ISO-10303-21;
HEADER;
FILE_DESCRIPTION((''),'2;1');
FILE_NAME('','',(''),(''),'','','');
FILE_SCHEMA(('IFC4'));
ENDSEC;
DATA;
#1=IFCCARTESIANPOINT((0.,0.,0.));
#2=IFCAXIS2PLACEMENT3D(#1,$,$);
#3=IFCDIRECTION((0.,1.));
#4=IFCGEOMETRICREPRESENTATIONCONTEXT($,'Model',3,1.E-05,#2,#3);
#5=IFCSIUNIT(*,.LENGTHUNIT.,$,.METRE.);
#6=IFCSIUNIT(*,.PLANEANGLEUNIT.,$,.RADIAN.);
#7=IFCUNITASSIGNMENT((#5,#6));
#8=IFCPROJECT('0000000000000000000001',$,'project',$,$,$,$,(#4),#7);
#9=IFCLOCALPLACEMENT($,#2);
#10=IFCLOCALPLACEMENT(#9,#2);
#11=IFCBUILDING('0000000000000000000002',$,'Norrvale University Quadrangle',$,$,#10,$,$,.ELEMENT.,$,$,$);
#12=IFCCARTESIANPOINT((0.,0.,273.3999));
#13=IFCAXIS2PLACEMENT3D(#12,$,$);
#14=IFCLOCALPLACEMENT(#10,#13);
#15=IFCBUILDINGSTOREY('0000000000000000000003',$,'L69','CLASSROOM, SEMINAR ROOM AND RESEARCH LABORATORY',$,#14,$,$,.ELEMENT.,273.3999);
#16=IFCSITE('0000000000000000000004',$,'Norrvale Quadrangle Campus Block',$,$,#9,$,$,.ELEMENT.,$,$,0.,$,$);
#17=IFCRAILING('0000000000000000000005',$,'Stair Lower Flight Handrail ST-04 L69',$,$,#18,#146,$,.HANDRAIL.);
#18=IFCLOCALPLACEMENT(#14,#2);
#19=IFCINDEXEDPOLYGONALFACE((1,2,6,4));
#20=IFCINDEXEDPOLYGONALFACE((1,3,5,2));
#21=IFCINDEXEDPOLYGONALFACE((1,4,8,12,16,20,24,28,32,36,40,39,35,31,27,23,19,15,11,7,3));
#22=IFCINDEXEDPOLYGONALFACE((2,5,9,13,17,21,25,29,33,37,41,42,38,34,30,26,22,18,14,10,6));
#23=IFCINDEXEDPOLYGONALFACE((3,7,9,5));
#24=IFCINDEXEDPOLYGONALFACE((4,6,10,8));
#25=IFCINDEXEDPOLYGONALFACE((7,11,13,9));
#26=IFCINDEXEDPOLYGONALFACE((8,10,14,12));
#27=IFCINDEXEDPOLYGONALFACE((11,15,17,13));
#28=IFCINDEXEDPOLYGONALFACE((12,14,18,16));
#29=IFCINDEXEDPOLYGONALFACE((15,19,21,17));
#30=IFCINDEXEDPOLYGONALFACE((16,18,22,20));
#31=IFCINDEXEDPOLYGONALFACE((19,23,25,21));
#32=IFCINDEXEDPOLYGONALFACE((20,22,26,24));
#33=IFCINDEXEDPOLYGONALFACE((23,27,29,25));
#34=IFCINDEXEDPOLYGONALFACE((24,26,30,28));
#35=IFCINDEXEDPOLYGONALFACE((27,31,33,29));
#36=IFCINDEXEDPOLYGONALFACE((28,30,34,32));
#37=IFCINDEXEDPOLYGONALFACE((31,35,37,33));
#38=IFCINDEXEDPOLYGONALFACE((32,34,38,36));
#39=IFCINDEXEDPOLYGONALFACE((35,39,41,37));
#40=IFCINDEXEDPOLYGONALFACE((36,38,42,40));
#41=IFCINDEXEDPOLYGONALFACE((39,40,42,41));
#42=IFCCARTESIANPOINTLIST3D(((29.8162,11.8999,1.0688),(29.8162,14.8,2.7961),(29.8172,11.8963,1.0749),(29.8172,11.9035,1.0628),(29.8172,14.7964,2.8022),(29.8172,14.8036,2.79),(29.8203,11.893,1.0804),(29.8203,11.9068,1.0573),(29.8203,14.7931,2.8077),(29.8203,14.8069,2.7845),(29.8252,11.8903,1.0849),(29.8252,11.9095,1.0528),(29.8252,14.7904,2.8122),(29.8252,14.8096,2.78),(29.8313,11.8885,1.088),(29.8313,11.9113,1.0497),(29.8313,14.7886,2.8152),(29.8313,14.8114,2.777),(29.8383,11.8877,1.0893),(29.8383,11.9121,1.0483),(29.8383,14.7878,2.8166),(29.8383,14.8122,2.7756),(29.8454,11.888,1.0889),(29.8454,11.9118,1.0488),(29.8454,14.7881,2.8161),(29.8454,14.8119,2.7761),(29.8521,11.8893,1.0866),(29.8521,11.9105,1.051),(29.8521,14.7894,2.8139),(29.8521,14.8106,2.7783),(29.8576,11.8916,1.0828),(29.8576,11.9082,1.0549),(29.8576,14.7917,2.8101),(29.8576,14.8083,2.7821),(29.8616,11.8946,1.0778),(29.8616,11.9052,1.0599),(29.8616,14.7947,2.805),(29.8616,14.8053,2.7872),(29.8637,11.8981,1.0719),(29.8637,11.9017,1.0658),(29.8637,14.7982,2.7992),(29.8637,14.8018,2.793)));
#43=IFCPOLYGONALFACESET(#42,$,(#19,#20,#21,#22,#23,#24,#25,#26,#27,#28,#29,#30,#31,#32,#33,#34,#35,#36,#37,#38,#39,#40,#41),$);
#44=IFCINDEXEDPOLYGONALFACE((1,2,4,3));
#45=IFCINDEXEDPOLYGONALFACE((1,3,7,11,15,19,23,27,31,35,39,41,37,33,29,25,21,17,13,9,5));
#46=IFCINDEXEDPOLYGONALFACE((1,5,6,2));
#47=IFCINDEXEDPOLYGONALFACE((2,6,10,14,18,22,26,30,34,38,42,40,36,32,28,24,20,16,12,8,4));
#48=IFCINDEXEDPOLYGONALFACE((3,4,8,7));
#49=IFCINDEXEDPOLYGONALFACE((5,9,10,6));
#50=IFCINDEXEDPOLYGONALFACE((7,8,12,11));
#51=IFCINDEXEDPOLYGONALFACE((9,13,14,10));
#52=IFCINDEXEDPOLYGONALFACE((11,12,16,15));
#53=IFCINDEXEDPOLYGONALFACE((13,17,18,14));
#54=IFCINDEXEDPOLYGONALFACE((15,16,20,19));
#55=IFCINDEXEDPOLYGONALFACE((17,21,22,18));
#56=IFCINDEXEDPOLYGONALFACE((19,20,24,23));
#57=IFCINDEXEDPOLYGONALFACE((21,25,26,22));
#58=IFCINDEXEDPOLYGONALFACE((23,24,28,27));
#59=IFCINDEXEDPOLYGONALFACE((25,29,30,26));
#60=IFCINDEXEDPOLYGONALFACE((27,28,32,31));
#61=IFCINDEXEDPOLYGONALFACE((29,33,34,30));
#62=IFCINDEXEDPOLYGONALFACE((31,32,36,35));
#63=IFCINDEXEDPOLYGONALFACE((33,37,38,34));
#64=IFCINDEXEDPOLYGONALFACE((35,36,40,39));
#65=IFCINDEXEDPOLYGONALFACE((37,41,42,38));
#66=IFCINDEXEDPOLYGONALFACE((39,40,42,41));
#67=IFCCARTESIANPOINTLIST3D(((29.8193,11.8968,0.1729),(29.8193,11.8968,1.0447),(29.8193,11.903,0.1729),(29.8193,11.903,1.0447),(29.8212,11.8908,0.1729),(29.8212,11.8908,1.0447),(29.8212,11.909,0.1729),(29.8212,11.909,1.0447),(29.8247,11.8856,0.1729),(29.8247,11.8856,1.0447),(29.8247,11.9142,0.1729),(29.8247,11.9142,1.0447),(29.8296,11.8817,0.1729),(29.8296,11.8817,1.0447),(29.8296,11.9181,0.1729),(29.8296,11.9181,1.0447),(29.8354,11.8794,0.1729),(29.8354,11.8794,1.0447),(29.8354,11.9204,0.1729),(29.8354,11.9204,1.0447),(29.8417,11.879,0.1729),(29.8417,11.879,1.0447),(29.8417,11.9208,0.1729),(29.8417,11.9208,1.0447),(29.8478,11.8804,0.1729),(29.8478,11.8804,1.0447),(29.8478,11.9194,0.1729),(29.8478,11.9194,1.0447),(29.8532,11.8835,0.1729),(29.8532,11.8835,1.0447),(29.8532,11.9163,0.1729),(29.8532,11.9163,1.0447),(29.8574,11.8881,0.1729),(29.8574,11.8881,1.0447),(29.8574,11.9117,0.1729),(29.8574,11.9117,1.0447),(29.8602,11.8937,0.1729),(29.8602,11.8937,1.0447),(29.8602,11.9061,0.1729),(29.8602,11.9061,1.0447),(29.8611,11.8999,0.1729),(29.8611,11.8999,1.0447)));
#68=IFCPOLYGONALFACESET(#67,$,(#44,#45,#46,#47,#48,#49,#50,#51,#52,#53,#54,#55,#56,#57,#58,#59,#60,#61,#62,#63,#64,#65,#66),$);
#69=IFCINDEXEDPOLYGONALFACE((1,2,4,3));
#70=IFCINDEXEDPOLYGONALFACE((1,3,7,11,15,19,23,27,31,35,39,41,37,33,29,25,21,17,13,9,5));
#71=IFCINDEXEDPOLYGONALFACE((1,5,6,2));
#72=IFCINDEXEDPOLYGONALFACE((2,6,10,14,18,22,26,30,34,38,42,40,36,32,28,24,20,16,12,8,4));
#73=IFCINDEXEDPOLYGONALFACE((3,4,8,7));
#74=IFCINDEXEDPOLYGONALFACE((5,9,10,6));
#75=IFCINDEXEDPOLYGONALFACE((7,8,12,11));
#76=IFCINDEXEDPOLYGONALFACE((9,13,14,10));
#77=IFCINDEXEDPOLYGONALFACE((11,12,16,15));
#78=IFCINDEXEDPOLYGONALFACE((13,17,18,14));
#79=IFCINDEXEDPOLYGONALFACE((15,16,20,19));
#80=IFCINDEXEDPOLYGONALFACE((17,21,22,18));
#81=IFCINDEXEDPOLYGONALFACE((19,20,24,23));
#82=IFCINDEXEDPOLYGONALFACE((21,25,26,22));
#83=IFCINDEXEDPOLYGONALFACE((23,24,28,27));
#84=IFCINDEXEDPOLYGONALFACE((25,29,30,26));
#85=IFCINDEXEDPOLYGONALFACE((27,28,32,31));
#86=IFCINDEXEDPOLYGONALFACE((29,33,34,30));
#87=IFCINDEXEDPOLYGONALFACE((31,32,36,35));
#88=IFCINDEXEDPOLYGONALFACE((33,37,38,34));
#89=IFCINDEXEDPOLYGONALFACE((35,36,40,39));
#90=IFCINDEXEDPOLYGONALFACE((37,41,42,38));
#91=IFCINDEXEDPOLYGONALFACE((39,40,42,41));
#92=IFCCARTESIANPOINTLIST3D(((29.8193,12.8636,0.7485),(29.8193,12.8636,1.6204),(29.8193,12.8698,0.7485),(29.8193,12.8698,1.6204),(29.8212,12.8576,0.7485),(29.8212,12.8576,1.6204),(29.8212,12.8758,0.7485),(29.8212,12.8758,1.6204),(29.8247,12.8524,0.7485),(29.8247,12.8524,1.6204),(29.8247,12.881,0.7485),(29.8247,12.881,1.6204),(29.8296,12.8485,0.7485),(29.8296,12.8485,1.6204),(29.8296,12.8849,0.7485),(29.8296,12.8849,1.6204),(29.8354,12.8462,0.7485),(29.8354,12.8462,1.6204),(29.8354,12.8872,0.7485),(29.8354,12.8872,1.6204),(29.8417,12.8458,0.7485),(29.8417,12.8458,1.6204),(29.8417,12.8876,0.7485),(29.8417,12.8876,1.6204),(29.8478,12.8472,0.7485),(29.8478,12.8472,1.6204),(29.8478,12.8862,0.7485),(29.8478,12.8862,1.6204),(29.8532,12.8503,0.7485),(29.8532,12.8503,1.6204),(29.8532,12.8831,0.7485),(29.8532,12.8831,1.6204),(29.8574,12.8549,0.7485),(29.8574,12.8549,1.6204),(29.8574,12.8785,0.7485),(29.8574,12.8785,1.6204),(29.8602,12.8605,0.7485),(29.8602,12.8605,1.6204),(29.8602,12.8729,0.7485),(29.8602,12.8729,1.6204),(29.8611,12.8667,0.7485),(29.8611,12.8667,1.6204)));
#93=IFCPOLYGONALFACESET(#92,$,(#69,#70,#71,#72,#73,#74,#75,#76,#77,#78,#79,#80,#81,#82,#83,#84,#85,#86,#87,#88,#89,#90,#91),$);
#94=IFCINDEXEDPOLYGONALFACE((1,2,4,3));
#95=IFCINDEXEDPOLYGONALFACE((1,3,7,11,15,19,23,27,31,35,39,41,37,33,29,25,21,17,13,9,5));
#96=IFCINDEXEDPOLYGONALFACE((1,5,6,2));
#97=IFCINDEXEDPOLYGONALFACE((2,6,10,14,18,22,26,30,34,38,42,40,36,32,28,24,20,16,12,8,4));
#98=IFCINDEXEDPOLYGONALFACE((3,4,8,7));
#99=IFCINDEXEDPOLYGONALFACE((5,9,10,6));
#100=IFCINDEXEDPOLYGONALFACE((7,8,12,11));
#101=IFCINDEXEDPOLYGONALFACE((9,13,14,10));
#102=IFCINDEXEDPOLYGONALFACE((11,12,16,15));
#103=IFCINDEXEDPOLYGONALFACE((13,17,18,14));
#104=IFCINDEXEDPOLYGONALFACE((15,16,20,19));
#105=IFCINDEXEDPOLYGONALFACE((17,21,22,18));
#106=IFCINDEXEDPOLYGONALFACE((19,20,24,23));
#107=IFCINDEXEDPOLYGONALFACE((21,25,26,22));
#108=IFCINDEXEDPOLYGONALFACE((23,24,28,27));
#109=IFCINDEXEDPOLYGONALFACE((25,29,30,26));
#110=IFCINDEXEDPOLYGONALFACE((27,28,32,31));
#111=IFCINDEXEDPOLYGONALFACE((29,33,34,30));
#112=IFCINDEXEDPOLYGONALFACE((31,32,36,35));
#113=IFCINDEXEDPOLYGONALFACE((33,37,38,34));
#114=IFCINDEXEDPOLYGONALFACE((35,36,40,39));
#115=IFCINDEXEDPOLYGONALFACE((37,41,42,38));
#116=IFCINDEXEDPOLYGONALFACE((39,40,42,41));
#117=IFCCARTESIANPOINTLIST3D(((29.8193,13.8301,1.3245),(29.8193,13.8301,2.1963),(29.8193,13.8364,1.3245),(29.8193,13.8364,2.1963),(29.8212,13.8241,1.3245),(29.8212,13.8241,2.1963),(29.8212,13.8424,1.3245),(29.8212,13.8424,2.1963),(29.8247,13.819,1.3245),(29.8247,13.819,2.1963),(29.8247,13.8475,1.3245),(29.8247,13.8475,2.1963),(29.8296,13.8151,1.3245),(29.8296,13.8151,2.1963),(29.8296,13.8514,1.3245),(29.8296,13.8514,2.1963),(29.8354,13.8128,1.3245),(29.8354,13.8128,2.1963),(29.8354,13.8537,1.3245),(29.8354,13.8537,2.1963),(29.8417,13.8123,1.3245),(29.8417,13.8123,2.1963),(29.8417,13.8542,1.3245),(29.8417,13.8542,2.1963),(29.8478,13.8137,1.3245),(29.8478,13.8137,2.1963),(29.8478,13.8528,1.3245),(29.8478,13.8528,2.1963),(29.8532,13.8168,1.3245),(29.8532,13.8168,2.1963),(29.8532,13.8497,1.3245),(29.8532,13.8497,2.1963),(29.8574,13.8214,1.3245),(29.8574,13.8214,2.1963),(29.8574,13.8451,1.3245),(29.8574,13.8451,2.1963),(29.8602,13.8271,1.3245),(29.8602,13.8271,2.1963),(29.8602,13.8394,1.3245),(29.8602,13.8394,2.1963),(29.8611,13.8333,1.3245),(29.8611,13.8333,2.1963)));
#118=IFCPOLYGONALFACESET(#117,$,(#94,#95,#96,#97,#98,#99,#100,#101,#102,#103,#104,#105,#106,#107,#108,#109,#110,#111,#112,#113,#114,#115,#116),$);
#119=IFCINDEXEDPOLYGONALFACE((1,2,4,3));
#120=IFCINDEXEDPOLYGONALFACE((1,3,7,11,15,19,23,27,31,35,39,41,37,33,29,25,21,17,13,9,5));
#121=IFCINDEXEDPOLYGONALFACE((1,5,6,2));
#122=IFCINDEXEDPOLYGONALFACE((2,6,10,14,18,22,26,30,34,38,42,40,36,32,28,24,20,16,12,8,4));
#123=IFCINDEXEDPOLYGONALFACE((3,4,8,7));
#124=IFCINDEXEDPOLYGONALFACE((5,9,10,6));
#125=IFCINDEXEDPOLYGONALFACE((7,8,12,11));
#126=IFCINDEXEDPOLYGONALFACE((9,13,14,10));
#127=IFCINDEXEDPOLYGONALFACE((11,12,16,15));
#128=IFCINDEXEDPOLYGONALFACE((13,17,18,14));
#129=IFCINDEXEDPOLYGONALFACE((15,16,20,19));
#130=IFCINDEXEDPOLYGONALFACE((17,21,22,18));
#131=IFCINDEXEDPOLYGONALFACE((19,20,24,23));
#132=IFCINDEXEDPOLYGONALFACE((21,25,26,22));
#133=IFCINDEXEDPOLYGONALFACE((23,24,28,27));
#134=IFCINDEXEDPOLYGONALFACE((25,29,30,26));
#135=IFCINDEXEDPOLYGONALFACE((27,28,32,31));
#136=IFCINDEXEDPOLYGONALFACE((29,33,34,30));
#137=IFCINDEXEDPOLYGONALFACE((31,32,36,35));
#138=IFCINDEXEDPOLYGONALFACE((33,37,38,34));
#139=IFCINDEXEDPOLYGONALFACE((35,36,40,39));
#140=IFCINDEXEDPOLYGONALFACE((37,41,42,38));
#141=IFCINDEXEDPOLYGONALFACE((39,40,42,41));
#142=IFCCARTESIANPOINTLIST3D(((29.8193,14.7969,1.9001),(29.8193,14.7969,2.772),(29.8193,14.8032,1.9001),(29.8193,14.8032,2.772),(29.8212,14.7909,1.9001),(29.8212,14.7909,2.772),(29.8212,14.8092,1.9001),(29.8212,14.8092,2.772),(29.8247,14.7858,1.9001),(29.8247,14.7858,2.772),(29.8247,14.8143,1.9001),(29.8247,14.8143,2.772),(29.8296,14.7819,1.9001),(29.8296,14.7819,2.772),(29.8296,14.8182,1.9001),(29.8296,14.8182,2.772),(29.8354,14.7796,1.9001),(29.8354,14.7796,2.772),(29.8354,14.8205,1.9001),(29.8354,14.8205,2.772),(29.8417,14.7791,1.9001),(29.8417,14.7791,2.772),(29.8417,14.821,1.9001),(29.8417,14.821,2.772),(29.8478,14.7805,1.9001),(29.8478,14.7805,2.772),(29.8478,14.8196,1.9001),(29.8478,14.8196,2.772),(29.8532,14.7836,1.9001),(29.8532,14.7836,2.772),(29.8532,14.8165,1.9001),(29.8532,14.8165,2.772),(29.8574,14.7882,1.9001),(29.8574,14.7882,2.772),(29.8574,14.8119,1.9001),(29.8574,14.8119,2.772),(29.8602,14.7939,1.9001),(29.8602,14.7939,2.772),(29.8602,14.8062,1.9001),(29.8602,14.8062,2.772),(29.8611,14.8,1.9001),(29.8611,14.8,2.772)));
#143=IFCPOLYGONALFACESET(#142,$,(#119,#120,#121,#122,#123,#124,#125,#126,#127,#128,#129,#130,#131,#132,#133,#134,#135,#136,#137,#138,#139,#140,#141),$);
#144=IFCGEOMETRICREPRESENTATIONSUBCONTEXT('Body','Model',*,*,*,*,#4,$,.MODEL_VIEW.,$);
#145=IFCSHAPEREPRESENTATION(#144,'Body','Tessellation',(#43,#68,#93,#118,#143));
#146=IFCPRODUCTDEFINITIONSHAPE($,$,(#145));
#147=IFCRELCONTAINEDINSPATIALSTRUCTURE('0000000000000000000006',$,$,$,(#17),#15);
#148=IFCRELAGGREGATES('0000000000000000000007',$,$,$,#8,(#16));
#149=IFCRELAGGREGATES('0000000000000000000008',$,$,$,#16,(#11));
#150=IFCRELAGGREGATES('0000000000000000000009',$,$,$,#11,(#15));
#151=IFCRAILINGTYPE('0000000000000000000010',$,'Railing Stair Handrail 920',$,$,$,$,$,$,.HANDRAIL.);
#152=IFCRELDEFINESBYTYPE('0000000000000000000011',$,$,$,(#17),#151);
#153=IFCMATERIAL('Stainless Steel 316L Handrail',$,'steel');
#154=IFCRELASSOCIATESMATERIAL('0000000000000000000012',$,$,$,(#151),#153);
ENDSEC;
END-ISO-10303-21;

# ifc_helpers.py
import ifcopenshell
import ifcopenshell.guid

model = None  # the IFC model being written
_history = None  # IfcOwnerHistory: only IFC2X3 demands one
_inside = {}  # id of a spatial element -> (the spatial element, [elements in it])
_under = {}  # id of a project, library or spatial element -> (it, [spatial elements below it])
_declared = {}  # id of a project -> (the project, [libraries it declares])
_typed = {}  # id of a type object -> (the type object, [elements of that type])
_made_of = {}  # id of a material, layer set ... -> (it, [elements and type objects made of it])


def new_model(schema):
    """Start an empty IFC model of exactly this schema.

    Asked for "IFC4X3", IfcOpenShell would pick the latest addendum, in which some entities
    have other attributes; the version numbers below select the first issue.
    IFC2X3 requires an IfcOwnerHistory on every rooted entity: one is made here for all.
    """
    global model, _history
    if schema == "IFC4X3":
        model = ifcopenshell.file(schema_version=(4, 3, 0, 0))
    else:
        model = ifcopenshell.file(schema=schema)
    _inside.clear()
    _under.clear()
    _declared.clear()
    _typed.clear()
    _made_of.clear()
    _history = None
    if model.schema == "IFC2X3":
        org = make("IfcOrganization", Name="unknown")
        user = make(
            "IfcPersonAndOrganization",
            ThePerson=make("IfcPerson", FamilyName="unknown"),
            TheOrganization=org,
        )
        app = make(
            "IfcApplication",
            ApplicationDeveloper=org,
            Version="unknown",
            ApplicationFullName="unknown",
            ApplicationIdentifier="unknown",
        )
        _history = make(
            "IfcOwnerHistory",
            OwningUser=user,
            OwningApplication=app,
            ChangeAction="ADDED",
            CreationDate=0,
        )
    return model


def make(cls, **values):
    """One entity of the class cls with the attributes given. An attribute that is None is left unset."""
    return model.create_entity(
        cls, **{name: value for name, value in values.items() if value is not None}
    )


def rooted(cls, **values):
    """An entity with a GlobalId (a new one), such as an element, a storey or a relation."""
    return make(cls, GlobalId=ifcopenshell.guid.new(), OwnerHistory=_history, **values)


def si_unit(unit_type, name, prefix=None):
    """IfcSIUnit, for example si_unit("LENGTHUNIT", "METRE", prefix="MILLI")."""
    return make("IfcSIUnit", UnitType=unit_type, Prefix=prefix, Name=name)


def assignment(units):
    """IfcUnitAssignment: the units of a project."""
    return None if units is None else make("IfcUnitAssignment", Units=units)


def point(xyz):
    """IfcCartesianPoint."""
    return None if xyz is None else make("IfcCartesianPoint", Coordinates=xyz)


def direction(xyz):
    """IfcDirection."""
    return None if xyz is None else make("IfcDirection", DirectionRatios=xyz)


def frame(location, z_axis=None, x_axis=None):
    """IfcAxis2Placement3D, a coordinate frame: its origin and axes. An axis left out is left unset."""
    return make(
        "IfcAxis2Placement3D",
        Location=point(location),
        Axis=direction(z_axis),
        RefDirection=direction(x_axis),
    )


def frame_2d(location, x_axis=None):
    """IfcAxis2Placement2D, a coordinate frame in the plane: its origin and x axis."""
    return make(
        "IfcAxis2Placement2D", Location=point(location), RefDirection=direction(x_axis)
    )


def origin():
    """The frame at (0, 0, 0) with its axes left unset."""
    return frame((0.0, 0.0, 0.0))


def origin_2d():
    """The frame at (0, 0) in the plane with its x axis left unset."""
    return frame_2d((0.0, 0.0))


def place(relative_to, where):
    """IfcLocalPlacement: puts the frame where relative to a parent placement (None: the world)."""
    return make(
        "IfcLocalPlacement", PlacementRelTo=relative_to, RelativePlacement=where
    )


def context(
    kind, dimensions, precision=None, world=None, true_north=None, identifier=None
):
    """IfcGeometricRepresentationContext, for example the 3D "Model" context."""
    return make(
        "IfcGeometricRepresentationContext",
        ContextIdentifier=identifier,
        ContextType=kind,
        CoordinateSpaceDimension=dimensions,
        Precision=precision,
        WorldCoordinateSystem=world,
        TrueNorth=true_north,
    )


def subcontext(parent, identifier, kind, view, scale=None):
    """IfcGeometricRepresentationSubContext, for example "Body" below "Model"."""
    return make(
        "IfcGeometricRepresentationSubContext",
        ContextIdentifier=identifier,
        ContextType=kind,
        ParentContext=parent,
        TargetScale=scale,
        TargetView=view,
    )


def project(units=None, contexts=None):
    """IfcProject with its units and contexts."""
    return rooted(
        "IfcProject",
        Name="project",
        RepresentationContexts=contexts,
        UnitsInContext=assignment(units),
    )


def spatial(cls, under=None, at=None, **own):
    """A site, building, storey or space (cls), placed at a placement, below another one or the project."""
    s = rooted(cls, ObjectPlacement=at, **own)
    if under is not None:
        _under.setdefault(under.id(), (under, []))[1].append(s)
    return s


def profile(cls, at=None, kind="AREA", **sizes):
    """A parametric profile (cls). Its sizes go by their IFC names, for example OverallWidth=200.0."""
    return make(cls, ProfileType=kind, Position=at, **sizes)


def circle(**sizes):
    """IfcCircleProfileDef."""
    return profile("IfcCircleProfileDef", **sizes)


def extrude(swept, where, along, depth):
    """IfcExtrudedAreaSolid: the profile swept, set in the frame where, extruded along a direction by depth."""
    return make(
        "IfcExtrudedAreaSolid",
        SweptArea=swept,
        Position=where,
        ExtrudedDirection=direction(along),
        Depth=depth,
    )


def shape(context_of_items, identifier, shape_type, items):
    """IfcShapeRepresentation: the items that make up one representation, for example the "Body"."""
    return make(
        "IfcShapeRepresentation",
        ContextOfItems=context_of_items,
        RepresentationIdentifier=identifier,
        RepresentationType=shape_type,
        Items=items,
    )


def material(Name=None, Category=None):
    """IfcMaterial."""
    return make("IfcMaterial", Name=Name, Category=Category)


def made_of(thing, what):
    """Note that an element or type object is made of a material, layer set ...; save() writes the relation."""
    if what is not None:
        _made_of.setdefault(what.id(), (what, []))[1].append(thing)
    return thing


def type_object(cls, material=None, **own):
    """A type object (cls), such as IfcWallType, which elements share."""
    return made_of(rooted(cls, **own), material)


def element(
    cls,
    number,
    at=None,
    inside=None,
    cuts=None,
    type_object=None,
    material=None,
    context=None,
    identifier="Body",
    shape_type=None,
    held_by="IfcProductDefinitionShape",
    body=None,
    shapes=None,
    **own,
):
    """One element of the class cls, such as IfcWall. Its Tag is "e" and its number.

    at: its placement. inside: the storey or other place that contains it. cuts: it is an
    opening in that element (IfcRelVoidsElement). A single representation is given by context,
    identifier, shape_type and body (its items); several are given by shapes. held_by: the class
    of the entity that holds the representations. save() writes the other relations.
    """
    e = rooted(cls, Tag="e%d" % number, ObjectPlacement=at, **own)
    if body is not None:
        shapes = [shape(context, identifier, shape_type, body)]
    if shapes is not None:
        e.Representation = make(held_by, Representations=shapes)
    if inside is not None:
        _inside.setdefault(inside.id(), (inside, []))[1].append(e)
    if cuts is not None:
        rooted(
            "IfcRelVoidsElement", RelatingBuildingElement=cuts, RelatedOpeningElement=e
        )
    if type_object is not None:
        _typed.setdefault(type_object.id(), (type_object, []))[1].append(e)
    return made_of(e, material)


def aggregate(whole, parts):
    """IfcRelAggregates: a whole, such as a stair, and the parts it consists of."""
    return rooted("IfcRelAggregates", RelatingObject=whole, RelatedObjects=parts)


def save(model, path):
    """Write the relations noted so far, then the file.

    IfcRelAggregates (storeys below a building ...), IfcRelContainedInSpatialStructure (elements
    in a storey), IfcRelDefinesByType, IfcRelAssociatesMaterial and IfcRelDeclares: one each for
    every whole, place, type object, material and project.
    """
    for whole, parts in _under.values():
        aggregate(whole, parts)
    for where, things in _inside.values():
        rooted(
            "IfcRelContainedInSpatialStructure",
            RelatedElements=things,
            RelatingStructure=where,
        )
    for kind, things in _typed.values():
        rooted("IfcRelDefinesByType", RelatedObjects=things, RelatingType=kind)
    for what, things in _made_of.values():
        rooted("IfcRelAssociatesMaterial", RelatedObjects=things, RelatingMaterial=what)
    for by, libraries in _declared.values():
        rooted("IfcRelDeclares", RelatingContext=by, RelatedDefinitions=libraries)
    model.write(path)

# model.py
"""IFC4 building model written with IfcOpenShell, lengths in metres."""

from ifc_helpers import new_model, si_unit, direction, frame, origin, origin_2d, place, context, subcontext, project, spatial, circle, extrude, material, type_object, element, save


model = new_model("IFC4")

# Units and contexts
model_context = context("Model", 3, precision=1e-05, world=origin(), true_north=direction((0.0, 1.0)))
body_context = subcontext(model_context, "Body", "Model", "MODEL_VIEW")
ifc_project = project(units=[si_unit("LENGTHUNIT", "METRE"), si_unit("PLANEANGLEUNIT", "RADIAN")], contexts=[model_context])

# Site, building, storey
site_placement = place(None, origin())
site = spatial("IfcSite", under=ifc_project, at=site_placement, Name="Norrvale Quadrangle Campus Block", CompositionType="ELEMENT", RefElevation=0.0)
building_placement = place(site_placement, origin())
building = spatial("IfcBuilding", under=site, at=building_placement, Name="Norrvale University Quadrangle", CompositionType="ELEMENT")
storey_placement = place(building_placement, frame((0.0, 0.0, 273.3999)))
storey = spatial("IfcBuildingStorey", under=building, at=storey_placement, Name="L69", Description="CLASSROOM, SEMINAR ROOM AND RESEARCH LABORATORY", CompositionType="ELEMENT", Elevation=273.3999)

# Railing
ifc_material_1 = material(Name="Stainless Steel 316L Handrail", Category="steel")
railing_type_1 = type_object("IfcRailingType", Name="Railing Stair Handrail 920", PredefinedType="HANDRAIL", material=ifc_material_1)
railing_1_placement = place(storey_placement, frame((29.8401, 11.8999, 0.1729)))
element("IfcRailing", 1, at=railing_1_placement, inside=storey, type_object=railing_type_1, Name="Stair Lower Flight Handrail ST-04 L69", PredefinedType="HANDRAIL", context=body_context, shape_type="SweptSolid", body=[
    extrude(circle(Radius=0.0239, at=origin_2d()), frame((0.0, 0.0, 0.896), z_axis=(0.0, 0.85916, 0.511706), x_axis=(-1.0, 0.0, 0.0)), (0.0, 0.0, 1.0), 3.3755),
    extrude(circle(Radius=0.021, at=origin_2d()), origin(), (0.0, 0.0, 1.0), 0.8718),
    extrude(circle(Radius=0.021, at=origin_2d()), frame((0.0, 0.9668, 0.5757)), (0.0, 0.0, 1.0), 0.8718),
    extrude(circle(Radius=0.021, at=origin_2d()), frame((0.0, 1.9333, 1.1516)), (0.0, 0.0, 1.0), 0.8718),
    extrude(circle(Radius=0.021, at=origin_2d()), frame((0.0, 2.9001, 1.7273)), (0.0, 0.0, 1.0), 0.8718),
])

save(model, "model.ifc")
